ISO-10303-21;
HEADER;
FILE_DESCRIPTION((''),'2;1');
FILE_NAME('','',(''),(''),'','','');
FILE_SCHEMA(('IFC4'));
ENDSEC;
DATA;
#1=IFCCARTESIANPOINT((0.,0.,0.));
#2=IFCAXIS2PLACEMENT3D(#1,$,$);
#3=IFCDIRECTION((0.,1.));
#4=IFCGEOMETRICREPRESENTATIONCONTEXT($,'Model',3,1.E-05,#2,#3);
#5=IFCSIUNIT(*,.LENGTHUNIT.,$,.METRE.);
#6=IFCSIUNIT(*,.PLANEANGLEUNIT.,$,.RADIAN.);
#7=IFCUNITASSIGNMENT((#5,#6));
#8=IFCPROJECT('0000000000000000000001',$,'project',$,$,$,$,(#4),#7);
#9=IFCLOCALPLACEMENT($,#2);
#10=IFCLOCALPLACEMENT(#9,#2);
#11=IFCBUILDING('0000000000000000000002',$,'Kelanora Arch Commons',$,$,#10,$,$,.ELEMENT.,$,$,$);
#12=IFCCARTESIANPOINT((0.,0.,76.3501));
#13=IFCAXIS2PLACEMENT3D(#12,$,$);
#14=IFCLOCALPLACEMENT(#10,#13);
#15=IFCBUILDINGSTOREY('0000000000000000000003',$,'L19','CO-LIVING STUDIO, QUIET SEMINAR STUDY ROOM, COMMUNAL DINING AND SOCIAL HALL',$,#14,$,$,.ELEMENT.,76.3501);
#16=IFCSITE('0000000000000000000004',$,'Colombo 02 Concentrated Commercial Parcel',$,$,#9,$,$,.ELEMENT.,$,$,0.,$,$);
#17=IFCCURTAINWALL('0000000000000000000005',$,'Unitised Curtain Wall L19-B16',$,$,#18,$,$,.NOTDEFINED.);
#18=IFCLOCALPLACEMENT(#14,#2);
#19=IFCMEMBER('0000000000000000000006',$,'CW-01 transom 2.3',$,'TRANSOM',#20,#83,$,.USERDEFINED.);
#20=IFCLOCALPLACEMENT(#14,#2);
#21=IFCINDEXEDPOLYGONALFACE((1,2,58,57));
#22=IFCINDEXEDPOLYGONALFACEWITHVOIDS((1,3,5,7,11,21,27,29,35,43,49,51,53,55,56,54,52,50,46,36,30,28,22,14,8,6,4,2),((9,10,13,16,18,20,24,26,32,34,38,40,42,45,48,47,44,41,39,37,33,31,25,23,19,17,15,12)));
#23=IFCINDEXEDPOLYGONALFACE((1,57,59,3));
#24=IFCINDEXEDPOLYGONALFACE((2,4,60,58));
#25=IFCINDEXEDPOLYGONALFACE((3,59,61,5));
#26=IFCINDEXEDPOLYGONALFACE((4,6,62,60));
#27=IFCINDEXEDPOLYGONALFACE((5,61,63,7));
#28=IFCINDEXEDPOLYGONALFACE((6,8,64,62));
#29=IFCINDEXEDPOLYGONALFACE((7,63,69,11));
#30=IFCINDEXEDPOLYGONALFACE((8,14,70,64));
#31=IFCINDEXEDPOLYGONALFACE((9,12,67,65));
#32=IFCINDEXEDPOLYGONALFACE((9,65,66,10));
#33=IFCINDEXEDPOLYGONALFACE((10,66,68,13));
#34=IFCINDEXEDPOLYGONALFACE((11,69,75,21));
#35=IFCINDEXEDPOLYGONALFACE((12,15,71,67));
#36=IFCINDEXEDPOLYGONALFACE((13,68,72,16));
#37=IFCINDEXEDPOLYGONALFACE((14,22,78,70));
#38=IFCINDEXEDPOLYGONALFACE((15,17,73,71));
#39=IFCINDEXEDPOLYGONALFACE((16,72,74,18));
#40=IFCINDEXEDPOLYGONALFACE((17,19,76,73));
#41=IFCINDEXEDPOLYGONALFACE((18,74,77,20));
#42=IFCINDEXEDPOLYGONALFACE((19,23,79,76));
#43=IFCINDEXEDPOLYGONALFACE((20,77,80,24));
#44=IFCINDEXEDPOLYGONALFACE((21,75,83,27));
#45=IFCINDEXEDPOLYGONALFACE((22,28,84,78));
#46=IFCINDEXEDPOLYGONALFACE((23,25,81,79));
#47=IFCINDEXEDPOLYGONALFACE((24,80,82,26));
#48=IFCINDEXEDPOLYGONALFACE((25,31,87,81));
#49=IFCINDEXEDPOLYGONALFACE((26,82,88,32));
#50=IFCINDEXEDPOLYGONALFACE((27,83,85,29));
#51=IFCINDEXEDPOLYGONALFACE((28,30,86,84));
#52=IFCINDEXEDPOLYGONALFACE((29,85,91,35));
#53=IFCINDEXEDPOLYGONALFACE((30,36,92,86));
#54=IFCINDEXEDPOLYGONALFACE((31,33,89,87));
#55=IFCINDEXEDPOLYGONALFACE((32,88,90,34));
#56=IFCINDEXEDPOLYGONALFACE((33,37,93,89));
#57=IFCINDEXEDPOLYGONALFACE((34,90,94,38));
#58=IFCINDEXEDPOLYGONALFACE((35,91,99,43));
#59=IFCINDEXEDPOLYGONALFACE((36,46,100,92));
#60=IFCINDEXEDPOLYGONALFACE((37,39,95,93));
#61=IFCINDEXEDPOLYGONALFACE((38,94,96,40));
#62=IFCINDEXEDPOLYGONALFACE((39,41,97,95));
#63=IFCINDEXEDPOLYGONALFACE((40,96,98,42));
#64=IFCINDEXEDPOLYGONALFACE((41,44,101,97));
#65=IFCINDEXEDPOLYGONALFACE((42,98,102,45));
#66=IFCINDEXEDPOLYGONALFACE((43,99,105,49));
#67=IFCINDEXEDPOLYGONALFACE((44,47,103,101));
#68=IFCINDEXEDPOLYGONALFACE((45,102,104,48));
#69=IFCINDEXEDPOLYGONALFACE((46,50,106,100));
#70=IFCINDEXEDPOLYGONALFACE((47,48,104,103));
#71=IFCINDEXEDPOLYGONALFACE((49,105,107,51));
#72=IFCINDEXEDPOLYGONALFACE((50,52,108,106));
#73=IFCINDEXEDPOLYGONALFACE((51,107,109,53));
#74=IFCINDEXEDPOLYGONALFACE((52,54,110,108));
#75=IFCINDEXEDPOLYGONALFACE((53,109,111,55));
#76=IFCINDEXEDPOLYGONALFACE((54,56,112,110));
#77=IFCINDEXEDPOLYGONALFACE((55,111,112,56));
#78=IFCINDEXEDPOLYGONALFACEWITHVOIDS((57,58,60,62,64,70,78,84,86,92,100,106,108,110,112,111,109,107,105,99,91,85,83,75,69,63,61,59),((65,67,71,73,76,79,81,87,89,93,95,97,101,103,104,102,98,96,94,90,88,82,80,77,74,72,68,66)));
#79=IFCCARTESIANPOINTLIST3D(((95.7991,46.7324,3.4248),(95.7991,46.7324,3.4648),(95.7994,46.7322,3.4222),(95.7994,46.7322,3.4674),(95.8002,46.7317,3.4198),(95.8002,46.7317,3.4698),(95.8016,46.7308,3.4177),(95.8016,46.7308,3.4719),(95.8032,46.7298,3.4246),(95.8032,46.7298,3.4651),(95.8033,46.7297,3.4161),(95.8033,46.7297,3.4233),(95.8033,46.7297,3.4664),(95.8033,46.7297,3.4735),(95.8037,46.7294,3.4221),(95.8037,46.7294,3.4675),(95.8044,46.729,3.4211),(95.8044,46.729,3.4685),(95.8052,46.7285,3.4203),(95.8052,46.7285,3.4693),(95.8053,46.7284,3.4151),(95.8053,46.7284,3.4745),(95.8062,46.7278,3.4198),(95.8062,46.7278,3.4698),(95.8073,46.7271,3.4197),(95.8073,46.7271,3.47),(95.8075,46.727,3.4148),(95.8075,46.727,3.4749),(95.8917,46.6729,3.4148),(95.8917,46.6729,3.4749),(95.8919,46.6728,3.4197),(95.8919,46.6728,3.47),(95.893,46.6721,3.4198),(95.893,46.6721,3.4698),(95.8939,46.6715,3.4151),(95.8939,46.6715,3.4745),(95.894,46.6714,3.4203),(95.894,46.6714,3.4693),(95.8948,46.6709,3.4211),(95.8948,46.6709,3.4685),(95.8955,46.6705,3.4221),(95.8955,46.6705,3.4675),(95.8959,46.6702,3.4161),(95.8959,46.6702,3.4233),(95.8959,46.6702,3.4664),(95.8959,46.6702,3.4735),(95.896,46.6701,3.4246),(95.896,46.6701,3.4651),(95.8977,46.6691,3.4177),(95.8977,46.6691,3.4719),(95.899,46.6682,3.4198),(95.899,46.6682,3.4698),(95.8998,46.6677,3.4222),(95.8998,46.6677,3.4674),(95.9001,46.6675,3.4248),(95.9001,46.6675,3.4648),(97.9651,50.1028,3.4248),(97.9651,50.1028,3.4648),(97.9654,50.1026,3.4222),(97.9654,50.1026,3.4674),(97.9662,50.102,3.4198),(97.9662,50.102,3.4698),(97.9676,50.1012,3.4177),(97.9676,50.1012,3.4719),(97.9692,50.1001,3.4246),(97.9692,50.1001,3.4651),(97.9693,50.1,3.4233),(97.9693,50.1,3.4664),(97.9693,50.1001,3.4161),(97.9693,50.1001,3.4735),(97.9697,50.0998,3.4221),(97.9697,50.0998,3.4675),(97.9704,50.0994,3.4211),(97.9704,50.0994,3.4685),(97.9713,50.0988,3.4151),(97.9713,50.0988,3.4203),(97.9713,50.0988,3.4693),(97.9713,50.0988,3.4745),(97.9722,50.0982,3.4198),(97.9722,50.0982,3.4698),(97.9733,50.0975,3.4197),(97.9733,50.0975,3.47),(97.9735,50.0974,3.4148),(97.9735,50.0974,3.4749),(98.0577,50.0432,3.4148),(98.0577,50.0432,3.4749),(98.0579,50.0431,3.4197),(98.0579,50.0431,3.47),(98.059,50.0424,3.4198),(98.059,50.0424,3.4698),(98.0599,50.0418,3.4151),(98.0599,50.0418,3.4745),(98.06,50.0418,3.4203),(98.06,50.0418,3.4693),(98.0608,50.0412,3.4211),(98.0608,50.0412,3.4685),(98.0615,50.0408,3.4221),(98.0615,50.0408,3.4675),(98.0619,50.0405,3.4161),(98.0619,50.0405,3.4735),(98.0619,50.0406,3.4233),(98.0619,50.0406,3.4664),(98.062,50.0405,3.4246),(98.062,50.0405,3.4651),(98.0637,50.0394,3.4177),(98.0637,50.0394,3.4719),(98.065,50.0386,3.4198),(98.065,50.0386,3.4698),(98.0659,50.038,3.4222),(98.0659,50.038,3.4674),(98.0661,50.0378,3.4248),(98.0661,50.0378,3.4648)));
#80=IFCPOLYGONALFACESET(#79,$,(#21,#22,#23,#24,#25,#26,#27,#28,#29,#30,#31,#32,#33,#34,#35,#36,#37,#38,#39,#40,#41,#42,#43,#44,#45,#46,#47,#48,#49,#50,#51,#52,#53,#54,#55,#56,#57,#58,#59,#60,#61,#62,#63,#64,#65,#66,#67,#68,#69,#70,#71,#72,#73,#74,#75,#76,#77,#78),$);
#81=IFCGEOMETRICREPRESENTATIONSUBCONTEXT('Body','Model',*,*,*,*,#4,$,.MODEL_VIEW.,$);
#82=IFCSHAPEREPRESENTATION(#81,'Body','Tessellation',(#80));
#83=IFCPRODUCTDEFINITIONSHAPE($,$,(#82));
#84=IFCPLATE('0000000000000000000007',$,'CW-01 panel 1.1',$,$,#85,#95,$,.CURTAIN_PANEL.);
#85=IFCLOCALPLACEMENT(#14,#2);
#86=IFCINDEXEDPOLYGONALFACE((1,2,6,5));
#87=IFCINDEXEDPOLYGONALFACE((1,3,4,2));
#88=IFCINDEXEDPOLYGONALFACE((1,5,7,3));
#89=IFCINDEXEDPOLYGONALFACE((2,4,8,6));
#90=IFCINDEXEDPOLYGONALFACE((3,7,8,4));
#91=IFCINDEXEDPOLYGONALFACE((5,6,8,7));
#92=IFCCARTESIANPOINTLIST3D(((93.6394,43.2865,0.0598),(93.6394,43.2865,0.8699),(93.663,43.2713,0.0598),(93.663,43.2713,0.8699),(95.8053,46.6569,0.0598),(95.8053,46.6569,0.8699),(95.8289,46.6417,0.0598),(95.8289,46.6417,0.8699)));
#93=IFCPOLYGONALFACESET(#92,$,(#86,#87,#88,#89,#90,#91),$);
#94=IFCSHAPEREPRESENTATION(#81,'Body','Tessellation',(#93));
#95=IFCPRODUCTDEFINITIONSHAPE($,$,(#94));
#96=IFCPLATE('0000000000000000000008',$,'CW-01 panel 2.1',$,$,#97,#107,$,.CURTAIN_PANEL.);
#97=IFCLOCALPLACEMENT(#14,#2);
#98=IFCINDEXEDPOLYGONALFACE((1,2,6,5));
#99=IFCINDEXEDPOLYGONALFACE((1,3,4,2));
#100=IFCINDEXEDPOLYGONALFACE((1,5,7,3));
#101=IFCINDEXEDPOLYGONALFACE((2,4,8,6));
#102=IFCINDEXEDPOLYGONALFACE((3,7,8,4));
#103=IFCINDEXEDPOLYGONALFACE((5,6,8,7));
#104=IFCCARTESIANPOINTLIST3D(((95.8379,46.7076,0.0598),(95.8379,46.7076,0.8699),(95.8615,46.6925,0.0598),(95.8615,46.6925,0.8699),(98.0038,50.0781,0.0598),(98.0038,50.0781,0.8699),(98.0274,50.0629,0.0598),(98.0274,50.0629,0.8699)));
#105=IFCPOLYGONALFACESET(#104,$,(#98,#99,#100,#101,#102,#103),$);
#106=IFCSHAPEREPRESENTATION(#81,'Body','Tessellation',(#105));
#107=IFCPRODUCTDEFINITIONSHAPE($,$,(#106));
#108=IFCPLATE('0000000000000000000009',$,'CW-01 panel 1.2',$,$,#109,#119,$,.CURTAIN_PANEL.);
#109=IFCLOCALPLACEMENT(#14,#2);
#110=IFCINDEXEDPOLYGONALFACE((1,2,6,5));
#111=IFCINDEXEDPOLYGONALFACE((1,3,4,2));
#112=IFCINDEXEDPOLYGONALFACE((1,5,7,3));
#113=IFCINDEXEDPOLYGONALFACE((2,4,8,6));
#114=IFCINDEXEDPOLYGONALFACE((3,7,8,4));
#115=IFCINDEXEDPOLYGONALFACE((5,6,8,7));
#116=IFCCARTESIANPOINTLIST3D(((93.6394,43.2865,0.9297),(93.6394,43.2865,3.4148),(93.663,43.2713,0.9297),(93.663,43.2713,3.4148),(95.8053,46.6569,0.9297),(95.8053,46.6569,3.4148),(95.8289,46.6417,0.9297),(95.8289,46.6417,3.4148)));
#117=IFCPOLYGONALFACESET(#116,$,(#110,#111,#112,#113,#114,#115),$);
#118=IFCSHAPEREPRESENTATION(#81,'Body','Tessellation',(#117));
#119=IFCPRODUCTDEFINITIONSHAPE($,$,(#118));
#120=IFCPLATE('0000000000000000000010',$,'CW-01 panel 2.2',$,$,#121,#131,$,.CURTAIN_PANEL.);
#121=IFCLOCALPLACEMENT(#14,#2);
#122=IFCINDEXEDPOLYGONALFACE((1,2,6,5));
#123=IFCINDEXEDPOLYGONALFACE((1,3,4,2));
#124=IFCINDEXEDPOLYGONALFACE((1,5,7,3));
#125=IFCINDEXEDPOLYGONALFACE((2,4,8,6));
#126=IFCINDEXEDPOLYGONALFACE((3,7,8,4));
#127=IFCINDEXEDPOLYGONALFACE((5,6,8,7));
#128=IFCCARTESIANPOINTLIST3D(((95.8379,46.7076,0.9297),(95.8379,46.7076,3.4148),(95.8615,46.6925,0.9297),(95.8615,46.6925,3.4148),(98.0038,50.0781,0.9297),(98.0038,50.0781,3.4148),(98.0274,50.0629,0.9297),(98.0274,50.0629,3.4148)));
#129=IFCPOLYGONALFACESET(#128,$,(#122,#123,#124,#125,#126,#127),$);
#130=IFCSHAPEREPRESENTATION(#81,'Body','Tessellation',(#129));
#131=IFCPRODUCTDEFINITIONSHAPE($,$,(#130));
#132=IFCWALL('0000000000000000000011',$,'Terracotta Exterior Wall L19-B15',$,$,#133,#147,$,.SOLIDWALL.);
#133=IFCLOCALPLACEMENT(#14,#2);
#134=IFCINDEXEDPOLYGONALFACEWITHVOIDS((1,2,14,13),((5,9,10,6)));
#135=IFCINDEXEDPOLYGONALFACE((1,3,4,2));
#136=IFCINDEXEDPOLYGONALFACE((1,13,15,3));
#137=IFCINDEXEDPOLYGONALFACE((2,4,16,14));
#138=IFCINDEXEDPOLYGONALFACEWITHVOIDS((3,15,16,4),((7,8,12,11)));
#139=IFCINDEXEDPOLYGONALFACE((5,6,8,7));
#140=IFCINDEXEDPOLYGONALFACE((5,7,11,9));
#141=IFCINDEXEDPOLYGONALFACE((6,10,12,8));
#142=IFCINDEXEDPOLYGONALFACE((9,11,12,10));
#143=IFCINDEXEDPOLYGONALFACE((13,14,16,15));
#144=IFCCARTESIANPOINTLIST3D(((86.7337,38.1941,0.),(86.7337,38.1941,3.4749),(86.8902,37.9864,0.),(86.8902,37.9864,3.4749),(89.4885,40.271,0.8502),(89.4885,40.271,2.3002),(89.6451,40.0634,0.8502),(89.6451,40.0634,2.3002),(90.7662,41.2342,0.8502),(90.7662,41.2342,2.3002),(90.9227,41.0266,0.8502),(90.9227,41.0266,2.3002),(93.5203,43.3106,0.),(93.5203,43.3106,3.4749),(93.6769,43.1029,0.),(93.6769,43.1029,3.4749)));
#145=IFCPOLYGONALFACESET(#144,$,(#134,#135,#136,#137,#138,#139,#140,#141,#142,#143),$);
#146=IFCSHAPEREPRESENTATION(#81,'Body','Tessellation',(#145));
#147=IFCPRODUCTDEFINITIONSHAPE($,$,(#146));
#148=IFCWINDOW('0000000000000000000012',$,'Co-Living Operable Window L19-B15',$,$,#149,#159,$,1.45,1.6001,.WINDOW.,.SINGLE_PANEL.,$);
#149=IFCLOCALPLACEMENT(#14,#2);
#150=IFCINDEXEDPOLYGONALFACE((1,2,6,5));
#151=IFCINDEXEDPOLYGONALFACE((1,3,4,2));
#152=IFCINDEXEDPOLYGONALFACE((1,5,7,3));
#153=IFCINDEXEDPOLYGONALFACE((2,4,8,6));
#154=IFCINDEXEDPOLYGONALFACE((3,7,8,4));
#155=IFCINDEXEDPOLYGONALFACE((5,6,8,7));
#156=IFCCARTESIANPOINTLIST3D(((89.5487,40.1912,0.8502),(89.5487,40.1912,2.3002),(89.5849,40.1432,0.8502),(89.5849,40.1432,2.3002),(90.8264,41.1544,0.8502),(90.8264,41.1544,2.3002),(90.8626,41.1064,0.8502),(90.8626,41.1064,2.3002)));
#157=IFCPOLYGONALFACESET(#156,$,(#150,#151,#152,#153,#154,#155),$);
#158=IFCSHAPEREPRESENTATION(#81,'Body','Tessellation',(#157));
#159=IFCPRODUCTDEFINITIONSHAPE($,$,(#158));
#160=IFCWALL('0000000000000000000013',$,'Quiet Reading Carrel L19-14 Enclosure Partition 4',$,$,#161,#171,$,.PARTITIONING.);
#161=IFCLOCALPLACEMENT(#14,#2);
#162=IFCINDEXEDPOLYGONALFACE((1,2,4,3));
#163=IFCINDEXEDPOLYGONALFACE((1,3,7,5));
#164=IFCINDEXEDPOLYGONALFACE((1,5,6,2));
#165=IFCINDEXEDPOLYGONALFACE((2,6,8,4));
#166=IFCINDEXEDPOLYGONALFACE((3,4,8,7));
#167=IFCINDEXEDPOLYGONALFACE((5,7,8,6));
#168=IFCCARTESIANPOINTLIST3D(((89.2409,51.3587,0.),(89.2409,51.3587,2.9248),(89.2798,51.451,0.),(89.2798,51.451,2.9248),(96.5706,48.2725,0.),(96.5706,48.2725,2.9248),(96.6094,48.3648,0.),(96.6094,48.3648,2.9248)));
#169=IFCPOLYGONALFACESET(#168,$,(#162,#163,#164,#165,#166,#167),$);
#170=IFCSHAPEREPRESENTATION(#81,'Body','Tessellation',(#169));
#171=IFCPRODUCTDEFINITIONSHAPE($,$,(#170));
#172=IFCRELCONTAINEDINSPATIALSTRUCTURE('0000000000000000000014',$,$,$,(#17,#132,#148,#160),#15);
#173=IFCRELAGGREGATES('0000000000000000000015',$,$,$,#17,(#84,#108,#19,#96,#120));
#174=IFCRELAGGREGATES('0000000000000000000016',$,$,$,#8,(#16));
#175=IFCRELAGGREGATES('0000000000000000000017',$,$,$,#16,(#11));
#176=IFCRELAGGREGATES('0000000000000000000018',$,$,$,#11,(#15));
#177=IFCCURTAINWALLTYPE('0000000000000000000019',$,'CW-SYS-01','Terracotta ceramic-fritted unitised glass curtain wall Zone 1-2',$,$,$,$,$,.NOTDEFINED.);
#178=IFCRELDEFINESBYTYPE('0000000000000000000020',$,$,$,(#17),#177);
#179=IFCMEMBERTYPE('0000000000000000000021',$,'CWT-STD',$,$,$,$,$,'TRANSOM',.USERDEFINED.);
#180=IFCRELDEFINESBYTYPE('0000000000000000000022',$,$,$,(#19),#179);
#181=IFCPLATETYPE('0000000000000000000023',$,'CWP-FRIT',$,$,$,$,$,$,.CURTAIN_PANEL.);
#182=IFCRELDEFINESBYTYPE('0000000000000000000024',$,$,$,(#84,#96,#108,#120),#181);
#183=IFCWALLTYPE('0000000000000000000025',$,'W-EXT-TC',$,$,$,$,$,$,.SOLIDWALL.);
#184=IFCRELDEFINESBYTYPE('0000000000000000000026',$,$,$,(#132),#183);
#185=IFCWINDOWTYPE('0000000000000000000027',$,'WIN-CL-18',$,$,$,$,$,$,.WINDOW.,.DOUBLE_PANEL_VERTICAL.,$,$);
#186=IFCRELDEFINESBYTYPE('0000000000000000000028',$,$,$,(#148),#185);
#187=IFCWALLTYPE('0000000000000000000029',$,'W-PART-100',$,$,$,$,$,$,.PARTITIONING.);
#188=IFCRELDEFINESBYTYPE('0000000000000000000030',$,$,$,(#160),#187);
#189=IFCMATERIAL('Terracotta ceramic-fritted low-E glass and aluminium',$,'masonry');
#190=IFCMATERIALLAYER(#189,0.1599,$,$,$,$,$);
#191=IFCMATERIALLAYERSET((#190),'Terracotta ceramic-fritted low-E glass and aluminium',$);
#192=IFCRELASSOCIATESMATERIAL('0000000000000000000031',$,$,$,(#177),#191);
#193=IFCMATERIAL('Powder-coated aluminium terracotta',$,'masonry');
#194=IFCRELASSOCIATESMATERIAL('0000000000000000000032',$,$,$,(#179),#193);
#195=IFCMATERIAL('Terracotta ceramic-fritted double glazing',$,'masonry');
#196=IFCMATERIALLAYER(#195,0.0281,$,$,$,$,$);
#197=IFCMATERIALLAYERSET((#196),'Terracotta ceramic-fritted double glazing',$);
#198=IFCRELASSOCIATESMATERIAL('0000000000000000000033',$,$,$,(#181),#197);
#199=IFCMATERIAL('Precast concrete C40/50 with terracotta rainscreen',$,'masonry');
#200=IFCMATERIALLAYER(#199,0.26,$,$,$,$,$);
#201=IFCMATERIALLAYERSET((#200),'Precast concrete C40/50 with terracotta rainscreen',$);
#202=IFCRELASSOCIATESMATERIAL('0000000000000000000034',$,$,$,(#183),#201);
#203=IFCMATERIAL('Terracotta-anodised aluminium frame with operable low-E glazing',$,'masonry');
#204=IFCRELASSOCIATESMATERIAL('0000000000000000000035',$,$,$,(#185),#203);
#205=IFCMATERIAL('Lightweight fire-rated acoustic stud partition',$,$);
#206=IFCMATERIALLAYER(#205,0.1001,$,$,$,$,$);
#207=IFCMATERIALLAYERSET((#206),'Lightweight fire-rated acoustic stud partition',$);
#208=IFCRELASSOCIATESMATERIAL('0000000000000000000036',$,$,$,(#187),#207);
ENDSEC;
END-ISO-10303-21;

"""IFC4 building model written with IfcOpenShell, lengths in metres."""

from ifc_helpers import new_model, si_unit, direction, frame, frame_2d, origin, origin_2d, place, context, subcontext, project, spatial, rectangle, hollow_rectangle, extrude, source, transform, mapped, material, layer, layer_set, material_profile, profile_set, type_object, element, fill, aggregate, save


model = new_model("IFC4")

# Units and contexts
model_context = context("Model", 3, precision=1e-05, world=origin(), true_north=direction((0.0, 1.0)))
body_context = subcontext(model_context, "Body", "Model", "MODEL_VIEW")
ifc_project = project(units=[si_unit("LENGTHUNIT", "METRE"), si_unit("PLANEANGLEUNIT", "RADIAN")], contexts=[model_context])

# Site, building, storey
site_placement = place(None, origin())
site = spatial("IfcSite", under=ifc_project, at=site_placement, Name="Colombo 02 Concentrated Commercial Parcel", CompositionType="ELEMENT", RefElevation=0.0)
building_placement = place(site_placement, origin())
building = spatial("IfcBuilding", under=site, at=building_placement, Name="Kelanora Arch Commons", CompositionType="ELEMENT")
storey_placement = place(building_placement, frame((0.0, 0.0, 76.3501)))
storey = spatial("IfcBuildingStorey", under=building, at=storey_placement, Name="L19", Description="CO-LIVING STUDIO, QUIET SEMINAR STUDY ROOM, COMMUNAL DINING AND SOCIAL HALL", CompositionType="ELEMENT", Elevation=76.3501)

# Shared definitions
ifc_material_1 = material(Name="Terracotta ceramic-fritted low-E glass and aluminium", Category="masonry")
ifc_layer_1 = layer(ifc_material_1, 0.1599)
ifc_layer_set_1 = layer_set([ifc_layer_1], Name="Terracotta ceramic-fritted low-E glass and aluminium")
curtain_wall_type = type_object("IfcCurtainWallType", Name="CW-SYS-01", Description="Terracotta ceramic-fritted unitised glass curtain wall Zone 1-2", PredefinedType="NOTDEFINED", material=ifc_layer_set_1)
ifc_material_2 = material(Name="Powder-coated aluminium terracotta", Category="masonry")

# Curtain wall, member, plates
curtain_wall_1_placement = place(storey_placement, origin())
curtain_wall_1 = element("IfcCurtainWall", 1, at=curtain_wall_1_placement, inside=storey, type_object=curtain_wall_type, Name="Unitised Curtain Wall L19-B16", PredefinedType="NOTDEFINED")
ifc_material_profile_1 = material_profile(ifc_material_2, hollow_rectangle(XDim=0.1201, YDim=0.0601, WallThickness=0.0049, InnerFilletRadius=0.0049, OuterFilletRadius=0.01, at=origin_2d()), Name="CWT120x60")
ifc_profile_set_1 = profile_set([ifc_material_profile_1], Name="Powder-coated aluminium terracotta")
member_type_1 = type_object("IfcMemberType", Name="CWT-STD", ElementType="TRANSOM", PredefinedType="USERDEFINED", material=ifc_profile_set_1)
member_1_placement = place(storey_placement, frame((95.8496, 46.7, 3.4448), z_axis=(0.540644, 0.841252, 0.0), x_axis=(-0.841252, 0.540644, 0.0)))
member_1 = element("IfcMember", 2, at=member_1_placement, type_object=member_type_1, Name="CW-01 transom 2.3", ObjectType="TRANSOM", PredefinedType="USERDEFINED", context=body_context, shape_type="SweptSolid", body=[
    extrude(hollow_rectangle(XDim=0.1201, YDim=0.0601, WallThickness=0.0049, InnerFilletRadius=0.0049, OuterFilletRadius=0.01, at=origin_2d()), origin(), (0.0, 0.0, 1.0), 4.0063),
])
ifc_material_3 = material(Name="Terracotta ceramic-fritted double glazing", Category="masonry")
ifc_layer_2 = layer(ifc_material_3, 0.0281)
ifc_layer_set_2 = layer_set([ifc_layer_2], Name="Terracotta ceramic-fritted double glazing")
plate_type = type_object("IfcPlateType", Name="CWP-FRIT", PredefinedType="CURTAIN_PANEL", material=ifc_layer_set_2)
shared_shape_1 = source(origin(), body_context, "Body", "SweptSolid", [
    extrude(rectangle(XDim=4.0063, YDim=0.0281, at=origin_2d()), origin(), (0.0, 0.0, 1.0), 0.8101),
])
plate_1_placement = place(storey_placement, frame((94.7341, 44.9641, 0.0598), z_axis=(0.0, 0.0, 1.0), x_axis=(0.540617, 0.841269, 0.0)))
plate_1 = element("IfcPlate", 3, at=plate_1_placement, type_object=plate_type, Name="CW-01 panel 1.1", PredefinedType="CURTAIN_PANEL", context=body_context, shape_type="MappedRepresentation", body=[
    mapped(shared_shape_1, transform((0.0, 0.0, 0.0), scale=1.0)),
])
plate_2_placement = place(storey_placement, frame((96.9326, 48.3853, 0.0598), z_axis=(0.0, 0.0, 1.0), x_axis=(0.540617, 0.841269, 0.0)))
plate_2 = element("IfcPlate", 4, at=plate_2_placement, type_object=plate_type, Name="CW-01 panel 2.1", PredefinedType="CURTAIN_PANEL", context=body_context, shape_type="MappedRepresentation", body=[
    mapped(shared_shape_1, transform((0.0, 0.0, 0.0), scale=1.0)),
])
shared_shape_2 = source(origin(), body_context, "Body", "SweptSolid", [
    extrude(rectangle(XDim=4.0063, YDim=0.0281, at=origin_2d()), origin(), (0.0, 0.0, 1.0), 2.4851),
])
plate_3_placement = place(storey_placement, frame((94.7341, 44.9641, 0.9297), z_axis=(0.0, 0.0, 1.0), x_axis=(0.540617, 0.841269, 0.0)))
plate_3 = element("IfcPlate", 5, at=plate_3_placement, type_object=plate_type, Name="CW-01 panel 1.2", PredefinedType="CURTAIN_PANEL", context=body_context, shape_type="MappedRepresentation", body=[
    mapped(shared_shape_2, transform((0.0, 0.0, 0.0), scale=1.0)),
])
plate_4_placement = place(storey_placement, frame((96.9326, 48.3853, 0.9297), z_axis=(0.0, 0.0, 1.0), x_axis=(0.540617, 0.841269, 0.0)))
plate_4 = element("IfcPlate", 6, at=plate_4_placement, type_object=plate_type, Name="CW-01 panel 2.2", PredefinedType="CURTAIN_PANEL", context=body_context, shape_type="MappedRepresentation", body=[
    mapped(shared_shape_2, transform((0.0, 0.0, 0.0), scale=1.0)),
])
aggregate(curtain_wall_1, [plate_1, plate_3, member_1, plate_2, plate_4])

# Wall, opening, window
ifc_material_4 = material(Name="Precast concrete C40/50 with terracotta rainscreen", Category="masonry")
ifc_layer_3 = layer(ifc_material_4, 0.26)
ifc_layer_set_3 = layer_set([ifc_layer_3], Name="Precast concrete C40/50 with terracotta rainscreen")
wall_type_1 = type_object("IfcWallType", Name="W-EXT-TC", PredefinedType="SOLIDWALL", material=ifc_layer_set_3)
wall_1_placement = place(storey_placement, frame((86.812, 38.0903, 0.0), z_axis=(0.0, 0.0, 1.0), x_axis=(0.798502, 0.601993, 0.0)))
wall_1 = element("IfcWall", 7, at=wall_1_placement, inside=storey, type_object=wall_type_1, Name="Terracotta Exterior Wall L19-B15", PredefinedType="SOLIDWALL", context=body_context, shape_type="SweptSolid", body=[
    extrude(rectangle(XDim=8.4993, YDim=0.26, at=frame_2d((4.2495, 0.0))), origin(), (0.0, 0.0, 1.0), 3.4749),
])
opening_placement = place(wall_1_placement, frame((3.45, 0.0, 0.8501)))
opening = element("IfcOpeningElement", 8, at=opening_placement, cuts=wall_1, PredefinedType="OPENING", context=body_context, shape_type="SweptSolid", body=[
    extrude(rectangle(XDim=1.6001, YDim=1.45, at=frame_2d((0.8, 0.7251))), frame((0.0, 0.1401, 0.0), z_axis=(0.0, -1.0, 0.0), x_axis=(1.0, 0.0, 0.0)), (0.0, 0.0, 1.0), 0.28),
])
ifc_material_5 = material(Name="Terracotta-anodised aluminium frame with operable low-E glazing", Category="masonry")
window_type = type_object("IfcWindowType", Name="WIN-CL-18", PartitioningType="DOUBLE_PANEL_VERTICAL", PredefinedType="WINDOW", material=ifc_material_5)
window_placement = place(opening_placement, origin())
window = element("IfcWindow", 9, at=window_placement, inside=storey, type_object=window_type, Name="Co-Living Operable Window L19-B15", OverallHeight=1.45, OverallWidth=1.6001, PartitioningType="SINGLE_PANEL", PredefinedType="WINDOW", context=body_context, shape_type="SweptSolid", body=[
    extrude(rectangle(XDim=1.6001, YDim=1.45, at=frame_2d((0.8, 0.7251))), frame((0.0, 0.03, 0.0), z_axis=(0.0, -1.0, 0.0), x_axis=(1.0, 0.0, 0.0)), (0.0, 0.0, 1.0), 0.0601),
])
fill(opening, window)

# Wall
ifc_material_6 = material(Name="Lightweight fire-rated acoustic stud partition")
ifc_layer_4 = layer(ifc_material_6, 0.1001)
ifc_layer_set_4 = layer_set([ifc_layer_4], Name="Lightweight fire-rated acoustic stud partition")
wall_type_2 = type_object("IfcWallType", Name="W-PART-100", PredefinedType="PARTITIONING", material=ifc_layer_set_4)
wall_2_placement = place(storey_placement, frame((96.5901, 48.3186, 0.0), z_axis=(0.0, 0.0, 1.0), x_axis=(-0.921634, 0.388061, 0.0)))
element("IfcWall", 10, at=wall_2_placement, inside=storey, type_object=wall_type_2, Name="Quiet Reading Carrel L19-14 Enclosure Partition 4", PredefinedType="PARTITIONING", context=body_context, shape_type="SweptSolid", body=[
    extrude(rectangle(XDim=7.9529, YDim=0.1001, at=frame_2d((3.9766, 0.0))), origin(), (0.0, 0.0, 1.0), 2.9248),
])

save(model, "model.ifc")
